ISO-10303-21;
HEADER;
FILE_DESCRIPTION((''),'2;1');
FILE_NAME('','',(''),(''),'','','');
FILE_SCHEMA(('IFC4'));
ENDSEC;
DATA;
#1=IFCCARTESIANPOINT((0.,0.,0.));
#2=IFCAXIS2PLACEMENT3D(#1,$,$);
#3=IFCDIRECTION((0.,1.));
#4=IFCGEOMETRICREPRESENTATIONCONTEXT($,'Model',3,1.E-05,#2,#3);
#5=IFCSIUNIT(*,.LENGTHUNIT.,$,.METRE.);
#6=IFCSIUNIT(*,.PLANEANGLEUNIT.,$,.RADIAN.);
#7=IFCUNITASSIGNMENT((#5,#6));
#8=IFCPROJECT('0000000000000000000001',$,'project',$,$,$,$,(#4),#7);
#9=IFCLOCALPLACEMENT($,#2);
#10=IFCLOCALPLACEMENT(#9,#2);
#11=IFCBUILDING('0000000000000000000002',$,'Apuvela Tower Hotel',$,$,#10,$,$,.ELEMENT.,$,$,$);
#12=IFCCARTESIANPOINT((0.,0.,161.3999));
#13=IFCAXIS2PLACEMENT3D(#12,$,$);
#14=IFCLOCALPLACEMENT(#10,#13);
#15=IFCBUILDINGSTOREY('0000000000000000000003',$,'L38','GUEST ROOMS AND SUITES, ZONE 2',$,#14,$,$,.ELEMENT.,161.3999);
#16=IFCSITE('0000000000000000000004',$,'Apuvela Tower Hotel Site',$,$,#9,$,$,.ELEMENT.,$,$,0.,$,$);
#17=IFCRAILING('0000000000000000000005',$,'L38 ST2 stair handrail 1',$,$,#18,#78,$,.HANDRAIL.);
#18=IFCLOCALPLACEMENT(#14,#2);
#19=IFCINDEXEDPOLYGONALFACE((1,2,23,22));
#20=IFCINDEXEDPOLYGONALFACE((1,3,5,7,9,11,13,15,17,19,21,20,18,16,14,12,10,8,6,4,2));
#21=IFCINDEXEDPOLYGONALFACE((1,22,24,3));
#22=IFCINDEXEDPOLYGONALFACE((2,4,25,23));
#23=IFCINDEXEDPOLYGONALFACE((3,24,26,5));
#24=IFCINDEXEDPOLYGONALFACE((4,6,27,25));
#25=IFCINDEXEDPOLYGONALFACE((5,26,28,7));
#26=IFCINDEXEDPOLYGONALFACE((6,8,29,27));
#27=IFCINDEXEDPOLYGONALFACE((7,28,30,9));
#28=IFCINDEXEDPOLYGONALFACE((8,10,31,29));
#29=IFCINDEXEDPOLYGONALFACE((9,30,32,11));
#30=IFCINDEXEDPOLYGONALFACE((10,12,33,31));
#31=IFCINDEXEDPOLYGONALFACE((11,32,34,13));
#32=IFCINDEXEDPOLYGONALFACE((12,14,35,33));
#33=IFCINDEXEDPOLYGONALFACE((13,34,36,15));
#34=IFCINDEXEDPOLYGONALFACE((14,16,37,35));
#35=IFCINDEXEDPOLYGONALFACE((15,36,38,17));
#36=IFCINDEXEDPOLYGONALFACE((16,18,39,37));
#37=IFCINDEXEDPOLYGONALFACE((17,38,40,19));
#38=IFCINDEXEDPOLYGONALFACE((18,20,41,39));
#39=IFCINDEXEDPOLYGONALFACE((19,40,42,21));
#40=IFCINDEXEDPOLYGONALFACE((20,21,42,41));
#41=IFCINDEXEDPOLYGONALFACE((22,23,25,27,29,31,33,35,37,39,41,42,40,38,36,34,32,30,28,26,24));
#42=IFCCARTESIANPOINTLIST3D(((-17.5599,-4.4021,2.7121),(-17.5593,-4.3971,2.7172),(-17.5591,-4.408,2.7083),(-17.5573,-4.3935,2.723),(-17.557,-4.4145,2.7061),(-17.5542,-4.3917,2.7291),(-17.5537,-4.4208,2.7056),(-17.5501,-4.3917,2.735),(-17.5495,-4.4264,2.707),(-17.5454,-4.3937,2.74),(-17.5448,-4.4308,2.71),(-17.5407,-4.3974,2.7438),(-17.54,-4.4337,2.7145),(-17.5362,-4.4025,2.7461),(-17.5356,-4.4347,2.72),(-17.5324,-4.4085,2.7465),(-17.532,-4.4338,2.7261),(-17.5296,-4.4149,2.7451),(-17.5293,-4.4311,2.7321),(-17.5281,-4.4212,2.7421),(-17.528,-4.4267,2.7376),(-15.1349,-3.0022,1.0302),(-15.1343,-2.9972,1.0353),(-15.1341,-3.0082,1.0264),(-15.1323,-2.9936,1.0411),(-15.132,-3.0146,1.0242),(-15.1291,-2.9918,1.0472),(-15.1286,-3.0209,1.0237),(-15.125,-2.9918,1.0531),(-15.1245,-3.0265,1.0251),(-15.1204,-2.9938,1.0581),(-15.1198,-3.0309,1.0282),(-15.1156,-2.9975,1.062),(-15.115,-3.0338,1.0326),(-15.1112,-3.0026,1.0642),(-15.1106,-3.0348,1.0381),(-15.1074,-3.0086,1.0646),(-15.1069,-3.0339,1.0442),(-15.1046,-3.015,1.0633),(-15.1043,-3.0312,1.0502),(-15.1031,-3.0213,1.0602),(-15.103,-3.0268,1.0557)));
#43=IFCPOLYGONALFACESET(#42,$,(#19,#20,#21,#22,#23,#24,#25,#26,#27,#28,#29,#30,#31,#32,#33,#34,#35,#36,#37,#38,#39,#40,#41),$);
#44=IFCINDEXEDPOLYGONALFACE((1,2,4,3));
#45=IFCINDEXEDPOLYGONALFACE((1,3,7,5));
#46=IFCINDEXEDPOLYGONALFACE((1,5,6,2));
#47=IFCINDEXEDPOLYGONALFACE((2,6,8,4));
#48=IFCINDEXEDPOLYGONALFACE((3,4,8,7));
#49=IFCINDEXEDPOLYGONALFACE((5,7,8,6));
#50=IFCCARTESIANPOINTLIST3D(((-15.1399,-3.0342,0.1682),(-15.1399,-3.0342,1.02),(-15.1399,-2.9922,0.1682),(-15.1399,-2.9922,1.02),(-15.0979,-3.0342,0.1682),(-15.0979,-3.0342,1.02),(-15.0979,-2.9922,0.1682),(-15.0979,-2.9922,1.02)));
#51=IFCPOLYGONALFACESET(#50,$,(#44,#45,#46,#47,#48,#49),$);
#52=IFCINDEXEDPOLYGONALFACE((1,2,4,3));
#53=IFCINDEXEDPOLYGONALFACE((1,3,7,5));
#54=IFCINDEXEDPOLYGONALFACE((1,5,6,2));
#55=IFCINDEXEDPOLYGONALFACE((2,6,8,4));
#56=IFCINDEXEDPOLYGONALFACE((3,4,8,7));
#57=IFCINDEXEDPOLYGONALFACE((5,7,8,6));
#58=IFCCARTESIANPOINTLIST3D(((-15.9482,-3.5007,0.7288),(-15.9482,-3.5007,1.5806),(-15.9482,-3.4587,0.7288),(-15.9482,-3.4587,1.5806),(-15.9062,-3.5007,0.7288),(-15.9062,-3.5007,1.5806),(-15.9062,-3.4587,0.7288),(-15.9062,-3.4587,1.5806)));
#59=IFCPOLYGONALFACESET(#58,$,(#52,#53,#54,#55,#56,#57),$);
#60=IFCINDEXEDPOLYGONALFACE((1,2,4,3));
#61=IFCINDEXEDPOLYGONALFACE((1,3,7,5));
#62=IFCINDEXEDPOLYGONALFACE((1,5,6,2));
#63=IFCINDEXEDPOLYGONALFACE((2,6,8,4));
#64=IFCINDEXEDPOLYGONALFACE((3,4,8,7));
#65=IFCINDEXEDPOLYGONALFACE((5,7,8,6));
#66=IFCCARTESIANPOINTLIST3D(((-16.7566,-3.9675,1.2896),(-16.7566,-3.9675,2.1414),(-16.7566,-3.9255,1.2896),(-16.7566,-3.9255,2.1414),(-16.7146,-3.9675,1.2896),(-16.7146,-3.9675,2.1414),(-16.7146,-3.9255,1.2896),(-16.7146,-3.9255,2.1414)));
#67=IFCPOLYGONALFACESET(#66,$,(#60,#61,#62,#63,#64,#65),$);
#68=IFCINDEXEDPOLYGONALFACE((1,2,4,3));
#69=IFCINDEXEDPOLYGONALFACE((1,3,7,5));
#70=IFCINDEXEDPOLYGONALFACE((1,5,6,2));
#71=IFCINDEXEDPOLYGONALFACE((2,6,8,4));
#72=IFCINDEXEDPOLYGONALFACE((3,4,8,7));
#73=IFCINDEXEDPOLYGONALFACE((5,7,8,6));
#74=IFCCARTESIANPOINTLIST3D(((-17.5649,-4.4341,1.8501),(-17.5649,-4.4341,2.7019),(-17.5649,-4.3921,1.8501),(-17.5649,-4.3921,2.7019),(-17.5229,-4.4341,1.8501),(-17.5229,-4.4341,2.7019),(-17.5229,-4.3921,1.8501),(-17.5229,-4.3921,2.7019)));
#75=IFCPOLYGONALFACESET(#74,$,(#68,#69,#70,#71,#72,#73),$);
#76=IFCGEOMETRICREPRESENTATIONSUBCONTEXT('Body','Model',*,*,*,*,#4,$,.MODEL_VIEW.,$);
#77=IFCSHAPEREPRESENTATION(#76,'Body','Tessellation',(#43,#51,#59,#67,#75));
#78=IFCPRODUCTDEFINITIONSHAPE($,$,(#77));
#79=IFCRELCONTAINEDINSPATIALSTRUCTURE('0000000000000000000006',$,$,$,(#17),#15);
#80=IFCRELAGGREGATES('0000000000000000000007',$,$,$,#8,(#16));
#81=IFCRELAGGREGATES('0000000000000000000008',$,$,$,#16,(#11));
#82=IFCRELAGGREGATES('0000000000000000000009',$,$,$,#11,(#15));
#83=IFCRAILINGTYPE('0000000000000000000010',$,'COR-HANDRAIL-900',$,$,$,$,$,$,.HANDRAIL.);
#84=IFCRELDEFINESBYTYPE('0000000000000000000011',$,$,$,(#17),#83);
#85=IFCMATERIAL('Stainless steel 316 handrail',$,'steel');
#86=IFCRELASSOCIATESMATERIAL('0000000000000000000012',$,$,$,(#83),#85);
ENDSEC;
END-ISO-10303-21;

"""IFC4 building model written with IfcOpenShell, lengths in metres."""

from ifc_helpers import new_model, si_unit, direction, frame, origin, origin_2d, place, context, subcontext, project, spatial, rectangle, circle, extrude, material, type_object, element, save


model = new_model("IFC4")

# Units and contexts
model_context = context("Model", 3, precision=1e-05, world=origin(), true_north=direction((0.0, 1.0)))
body_context = subcontext(model_context, "Body", "Model", "MODEL_VIEW")
ifc_project = project(units=[si_unit("LENGTHUNIT", "METRE"), si_unit("PLANEANGLEUNIT", "RADIAN")], contexts=[model_context])

# Site, building, storey
site_placement = place(None, origin())
site = spatial("IfcSite", under=ifc_project, at=site_placement, Name="Apuvela Tower Hotel Site", CompositionType="ELEMENT", RefElevation=0.0)
building_placement = place(site_placement, origin())
building = spatial("IfcBuilding", under=site, at=building_placement, Name="Apuvela Tower Hotel", CompositionType="ELEMENT")
storey_placement = place(building_placement, frame((0.0, 0.0, 161.3999)))
storey = spatial("IfcBuildingStorey", under=building, at=storey_placement, Name="L38", Description="GUEST ROOMS AND SUITES, ZONE 2", CompositionType="ELEMENT", Elevation=161.3999)

# Railing
ifc_material_1 = material(Name="Stainless steel 316 handrail", Category="steel")
railing_type_1 = type_object("IfcRailingType", Name="COR-HANDRAIL-900", PredefinedType="HANDRAIL", material=ifc_material_1)
railing_1_placement = place(storey_placement, frame((-15.1189, -3.0132, 0.1682)))
element("IfcRailing", 1, at=railing_1_placement, inside=storey, type_object=railing_type_1, Name="L38 ST2 stair handrail 1", PredefinedType="HANDRAIL", context=body_context, shape_type="SweptSolid", body=[
    extrude(circle(Radius=0.0239, at=origin_2d()), frame((0.0, 0.0, 0.876), z_axis=(-0.742424, -0.428577, 0.514906), x_axis=(0.499946, -0.866056, 0.0)), (0.0, 0.0, 1.0), 3.2664),
    extrude(rectangle(XDim=0.042, YDim=0.042, at=origin_2d()), origin(), (0.0, 0.0, 1.0), 0.8518),
    extrude(rectangle(XDim=0.042, YDim=0.042, at=origin_2d()), frame((-0.8083, -0.4666, 0.5605)), (0.0, 0.0, 1.0), 0.8518),
    extrude(rectangle(XDim=0.042, YDim=0.042, at=origin_2d()), frame((-1.6167, -0.9333, 1.1213)), (0.0, 0.0, 1.0), 0.8518),
    extrude(rectangle(XDim=0.042, YDim=0.042, at=origin_2d()), frame((-2.425, -1.3999, 1.6819)), (0.0, 0.0, 1.0), 0.8518),
])

save(model, "model.ifc")
